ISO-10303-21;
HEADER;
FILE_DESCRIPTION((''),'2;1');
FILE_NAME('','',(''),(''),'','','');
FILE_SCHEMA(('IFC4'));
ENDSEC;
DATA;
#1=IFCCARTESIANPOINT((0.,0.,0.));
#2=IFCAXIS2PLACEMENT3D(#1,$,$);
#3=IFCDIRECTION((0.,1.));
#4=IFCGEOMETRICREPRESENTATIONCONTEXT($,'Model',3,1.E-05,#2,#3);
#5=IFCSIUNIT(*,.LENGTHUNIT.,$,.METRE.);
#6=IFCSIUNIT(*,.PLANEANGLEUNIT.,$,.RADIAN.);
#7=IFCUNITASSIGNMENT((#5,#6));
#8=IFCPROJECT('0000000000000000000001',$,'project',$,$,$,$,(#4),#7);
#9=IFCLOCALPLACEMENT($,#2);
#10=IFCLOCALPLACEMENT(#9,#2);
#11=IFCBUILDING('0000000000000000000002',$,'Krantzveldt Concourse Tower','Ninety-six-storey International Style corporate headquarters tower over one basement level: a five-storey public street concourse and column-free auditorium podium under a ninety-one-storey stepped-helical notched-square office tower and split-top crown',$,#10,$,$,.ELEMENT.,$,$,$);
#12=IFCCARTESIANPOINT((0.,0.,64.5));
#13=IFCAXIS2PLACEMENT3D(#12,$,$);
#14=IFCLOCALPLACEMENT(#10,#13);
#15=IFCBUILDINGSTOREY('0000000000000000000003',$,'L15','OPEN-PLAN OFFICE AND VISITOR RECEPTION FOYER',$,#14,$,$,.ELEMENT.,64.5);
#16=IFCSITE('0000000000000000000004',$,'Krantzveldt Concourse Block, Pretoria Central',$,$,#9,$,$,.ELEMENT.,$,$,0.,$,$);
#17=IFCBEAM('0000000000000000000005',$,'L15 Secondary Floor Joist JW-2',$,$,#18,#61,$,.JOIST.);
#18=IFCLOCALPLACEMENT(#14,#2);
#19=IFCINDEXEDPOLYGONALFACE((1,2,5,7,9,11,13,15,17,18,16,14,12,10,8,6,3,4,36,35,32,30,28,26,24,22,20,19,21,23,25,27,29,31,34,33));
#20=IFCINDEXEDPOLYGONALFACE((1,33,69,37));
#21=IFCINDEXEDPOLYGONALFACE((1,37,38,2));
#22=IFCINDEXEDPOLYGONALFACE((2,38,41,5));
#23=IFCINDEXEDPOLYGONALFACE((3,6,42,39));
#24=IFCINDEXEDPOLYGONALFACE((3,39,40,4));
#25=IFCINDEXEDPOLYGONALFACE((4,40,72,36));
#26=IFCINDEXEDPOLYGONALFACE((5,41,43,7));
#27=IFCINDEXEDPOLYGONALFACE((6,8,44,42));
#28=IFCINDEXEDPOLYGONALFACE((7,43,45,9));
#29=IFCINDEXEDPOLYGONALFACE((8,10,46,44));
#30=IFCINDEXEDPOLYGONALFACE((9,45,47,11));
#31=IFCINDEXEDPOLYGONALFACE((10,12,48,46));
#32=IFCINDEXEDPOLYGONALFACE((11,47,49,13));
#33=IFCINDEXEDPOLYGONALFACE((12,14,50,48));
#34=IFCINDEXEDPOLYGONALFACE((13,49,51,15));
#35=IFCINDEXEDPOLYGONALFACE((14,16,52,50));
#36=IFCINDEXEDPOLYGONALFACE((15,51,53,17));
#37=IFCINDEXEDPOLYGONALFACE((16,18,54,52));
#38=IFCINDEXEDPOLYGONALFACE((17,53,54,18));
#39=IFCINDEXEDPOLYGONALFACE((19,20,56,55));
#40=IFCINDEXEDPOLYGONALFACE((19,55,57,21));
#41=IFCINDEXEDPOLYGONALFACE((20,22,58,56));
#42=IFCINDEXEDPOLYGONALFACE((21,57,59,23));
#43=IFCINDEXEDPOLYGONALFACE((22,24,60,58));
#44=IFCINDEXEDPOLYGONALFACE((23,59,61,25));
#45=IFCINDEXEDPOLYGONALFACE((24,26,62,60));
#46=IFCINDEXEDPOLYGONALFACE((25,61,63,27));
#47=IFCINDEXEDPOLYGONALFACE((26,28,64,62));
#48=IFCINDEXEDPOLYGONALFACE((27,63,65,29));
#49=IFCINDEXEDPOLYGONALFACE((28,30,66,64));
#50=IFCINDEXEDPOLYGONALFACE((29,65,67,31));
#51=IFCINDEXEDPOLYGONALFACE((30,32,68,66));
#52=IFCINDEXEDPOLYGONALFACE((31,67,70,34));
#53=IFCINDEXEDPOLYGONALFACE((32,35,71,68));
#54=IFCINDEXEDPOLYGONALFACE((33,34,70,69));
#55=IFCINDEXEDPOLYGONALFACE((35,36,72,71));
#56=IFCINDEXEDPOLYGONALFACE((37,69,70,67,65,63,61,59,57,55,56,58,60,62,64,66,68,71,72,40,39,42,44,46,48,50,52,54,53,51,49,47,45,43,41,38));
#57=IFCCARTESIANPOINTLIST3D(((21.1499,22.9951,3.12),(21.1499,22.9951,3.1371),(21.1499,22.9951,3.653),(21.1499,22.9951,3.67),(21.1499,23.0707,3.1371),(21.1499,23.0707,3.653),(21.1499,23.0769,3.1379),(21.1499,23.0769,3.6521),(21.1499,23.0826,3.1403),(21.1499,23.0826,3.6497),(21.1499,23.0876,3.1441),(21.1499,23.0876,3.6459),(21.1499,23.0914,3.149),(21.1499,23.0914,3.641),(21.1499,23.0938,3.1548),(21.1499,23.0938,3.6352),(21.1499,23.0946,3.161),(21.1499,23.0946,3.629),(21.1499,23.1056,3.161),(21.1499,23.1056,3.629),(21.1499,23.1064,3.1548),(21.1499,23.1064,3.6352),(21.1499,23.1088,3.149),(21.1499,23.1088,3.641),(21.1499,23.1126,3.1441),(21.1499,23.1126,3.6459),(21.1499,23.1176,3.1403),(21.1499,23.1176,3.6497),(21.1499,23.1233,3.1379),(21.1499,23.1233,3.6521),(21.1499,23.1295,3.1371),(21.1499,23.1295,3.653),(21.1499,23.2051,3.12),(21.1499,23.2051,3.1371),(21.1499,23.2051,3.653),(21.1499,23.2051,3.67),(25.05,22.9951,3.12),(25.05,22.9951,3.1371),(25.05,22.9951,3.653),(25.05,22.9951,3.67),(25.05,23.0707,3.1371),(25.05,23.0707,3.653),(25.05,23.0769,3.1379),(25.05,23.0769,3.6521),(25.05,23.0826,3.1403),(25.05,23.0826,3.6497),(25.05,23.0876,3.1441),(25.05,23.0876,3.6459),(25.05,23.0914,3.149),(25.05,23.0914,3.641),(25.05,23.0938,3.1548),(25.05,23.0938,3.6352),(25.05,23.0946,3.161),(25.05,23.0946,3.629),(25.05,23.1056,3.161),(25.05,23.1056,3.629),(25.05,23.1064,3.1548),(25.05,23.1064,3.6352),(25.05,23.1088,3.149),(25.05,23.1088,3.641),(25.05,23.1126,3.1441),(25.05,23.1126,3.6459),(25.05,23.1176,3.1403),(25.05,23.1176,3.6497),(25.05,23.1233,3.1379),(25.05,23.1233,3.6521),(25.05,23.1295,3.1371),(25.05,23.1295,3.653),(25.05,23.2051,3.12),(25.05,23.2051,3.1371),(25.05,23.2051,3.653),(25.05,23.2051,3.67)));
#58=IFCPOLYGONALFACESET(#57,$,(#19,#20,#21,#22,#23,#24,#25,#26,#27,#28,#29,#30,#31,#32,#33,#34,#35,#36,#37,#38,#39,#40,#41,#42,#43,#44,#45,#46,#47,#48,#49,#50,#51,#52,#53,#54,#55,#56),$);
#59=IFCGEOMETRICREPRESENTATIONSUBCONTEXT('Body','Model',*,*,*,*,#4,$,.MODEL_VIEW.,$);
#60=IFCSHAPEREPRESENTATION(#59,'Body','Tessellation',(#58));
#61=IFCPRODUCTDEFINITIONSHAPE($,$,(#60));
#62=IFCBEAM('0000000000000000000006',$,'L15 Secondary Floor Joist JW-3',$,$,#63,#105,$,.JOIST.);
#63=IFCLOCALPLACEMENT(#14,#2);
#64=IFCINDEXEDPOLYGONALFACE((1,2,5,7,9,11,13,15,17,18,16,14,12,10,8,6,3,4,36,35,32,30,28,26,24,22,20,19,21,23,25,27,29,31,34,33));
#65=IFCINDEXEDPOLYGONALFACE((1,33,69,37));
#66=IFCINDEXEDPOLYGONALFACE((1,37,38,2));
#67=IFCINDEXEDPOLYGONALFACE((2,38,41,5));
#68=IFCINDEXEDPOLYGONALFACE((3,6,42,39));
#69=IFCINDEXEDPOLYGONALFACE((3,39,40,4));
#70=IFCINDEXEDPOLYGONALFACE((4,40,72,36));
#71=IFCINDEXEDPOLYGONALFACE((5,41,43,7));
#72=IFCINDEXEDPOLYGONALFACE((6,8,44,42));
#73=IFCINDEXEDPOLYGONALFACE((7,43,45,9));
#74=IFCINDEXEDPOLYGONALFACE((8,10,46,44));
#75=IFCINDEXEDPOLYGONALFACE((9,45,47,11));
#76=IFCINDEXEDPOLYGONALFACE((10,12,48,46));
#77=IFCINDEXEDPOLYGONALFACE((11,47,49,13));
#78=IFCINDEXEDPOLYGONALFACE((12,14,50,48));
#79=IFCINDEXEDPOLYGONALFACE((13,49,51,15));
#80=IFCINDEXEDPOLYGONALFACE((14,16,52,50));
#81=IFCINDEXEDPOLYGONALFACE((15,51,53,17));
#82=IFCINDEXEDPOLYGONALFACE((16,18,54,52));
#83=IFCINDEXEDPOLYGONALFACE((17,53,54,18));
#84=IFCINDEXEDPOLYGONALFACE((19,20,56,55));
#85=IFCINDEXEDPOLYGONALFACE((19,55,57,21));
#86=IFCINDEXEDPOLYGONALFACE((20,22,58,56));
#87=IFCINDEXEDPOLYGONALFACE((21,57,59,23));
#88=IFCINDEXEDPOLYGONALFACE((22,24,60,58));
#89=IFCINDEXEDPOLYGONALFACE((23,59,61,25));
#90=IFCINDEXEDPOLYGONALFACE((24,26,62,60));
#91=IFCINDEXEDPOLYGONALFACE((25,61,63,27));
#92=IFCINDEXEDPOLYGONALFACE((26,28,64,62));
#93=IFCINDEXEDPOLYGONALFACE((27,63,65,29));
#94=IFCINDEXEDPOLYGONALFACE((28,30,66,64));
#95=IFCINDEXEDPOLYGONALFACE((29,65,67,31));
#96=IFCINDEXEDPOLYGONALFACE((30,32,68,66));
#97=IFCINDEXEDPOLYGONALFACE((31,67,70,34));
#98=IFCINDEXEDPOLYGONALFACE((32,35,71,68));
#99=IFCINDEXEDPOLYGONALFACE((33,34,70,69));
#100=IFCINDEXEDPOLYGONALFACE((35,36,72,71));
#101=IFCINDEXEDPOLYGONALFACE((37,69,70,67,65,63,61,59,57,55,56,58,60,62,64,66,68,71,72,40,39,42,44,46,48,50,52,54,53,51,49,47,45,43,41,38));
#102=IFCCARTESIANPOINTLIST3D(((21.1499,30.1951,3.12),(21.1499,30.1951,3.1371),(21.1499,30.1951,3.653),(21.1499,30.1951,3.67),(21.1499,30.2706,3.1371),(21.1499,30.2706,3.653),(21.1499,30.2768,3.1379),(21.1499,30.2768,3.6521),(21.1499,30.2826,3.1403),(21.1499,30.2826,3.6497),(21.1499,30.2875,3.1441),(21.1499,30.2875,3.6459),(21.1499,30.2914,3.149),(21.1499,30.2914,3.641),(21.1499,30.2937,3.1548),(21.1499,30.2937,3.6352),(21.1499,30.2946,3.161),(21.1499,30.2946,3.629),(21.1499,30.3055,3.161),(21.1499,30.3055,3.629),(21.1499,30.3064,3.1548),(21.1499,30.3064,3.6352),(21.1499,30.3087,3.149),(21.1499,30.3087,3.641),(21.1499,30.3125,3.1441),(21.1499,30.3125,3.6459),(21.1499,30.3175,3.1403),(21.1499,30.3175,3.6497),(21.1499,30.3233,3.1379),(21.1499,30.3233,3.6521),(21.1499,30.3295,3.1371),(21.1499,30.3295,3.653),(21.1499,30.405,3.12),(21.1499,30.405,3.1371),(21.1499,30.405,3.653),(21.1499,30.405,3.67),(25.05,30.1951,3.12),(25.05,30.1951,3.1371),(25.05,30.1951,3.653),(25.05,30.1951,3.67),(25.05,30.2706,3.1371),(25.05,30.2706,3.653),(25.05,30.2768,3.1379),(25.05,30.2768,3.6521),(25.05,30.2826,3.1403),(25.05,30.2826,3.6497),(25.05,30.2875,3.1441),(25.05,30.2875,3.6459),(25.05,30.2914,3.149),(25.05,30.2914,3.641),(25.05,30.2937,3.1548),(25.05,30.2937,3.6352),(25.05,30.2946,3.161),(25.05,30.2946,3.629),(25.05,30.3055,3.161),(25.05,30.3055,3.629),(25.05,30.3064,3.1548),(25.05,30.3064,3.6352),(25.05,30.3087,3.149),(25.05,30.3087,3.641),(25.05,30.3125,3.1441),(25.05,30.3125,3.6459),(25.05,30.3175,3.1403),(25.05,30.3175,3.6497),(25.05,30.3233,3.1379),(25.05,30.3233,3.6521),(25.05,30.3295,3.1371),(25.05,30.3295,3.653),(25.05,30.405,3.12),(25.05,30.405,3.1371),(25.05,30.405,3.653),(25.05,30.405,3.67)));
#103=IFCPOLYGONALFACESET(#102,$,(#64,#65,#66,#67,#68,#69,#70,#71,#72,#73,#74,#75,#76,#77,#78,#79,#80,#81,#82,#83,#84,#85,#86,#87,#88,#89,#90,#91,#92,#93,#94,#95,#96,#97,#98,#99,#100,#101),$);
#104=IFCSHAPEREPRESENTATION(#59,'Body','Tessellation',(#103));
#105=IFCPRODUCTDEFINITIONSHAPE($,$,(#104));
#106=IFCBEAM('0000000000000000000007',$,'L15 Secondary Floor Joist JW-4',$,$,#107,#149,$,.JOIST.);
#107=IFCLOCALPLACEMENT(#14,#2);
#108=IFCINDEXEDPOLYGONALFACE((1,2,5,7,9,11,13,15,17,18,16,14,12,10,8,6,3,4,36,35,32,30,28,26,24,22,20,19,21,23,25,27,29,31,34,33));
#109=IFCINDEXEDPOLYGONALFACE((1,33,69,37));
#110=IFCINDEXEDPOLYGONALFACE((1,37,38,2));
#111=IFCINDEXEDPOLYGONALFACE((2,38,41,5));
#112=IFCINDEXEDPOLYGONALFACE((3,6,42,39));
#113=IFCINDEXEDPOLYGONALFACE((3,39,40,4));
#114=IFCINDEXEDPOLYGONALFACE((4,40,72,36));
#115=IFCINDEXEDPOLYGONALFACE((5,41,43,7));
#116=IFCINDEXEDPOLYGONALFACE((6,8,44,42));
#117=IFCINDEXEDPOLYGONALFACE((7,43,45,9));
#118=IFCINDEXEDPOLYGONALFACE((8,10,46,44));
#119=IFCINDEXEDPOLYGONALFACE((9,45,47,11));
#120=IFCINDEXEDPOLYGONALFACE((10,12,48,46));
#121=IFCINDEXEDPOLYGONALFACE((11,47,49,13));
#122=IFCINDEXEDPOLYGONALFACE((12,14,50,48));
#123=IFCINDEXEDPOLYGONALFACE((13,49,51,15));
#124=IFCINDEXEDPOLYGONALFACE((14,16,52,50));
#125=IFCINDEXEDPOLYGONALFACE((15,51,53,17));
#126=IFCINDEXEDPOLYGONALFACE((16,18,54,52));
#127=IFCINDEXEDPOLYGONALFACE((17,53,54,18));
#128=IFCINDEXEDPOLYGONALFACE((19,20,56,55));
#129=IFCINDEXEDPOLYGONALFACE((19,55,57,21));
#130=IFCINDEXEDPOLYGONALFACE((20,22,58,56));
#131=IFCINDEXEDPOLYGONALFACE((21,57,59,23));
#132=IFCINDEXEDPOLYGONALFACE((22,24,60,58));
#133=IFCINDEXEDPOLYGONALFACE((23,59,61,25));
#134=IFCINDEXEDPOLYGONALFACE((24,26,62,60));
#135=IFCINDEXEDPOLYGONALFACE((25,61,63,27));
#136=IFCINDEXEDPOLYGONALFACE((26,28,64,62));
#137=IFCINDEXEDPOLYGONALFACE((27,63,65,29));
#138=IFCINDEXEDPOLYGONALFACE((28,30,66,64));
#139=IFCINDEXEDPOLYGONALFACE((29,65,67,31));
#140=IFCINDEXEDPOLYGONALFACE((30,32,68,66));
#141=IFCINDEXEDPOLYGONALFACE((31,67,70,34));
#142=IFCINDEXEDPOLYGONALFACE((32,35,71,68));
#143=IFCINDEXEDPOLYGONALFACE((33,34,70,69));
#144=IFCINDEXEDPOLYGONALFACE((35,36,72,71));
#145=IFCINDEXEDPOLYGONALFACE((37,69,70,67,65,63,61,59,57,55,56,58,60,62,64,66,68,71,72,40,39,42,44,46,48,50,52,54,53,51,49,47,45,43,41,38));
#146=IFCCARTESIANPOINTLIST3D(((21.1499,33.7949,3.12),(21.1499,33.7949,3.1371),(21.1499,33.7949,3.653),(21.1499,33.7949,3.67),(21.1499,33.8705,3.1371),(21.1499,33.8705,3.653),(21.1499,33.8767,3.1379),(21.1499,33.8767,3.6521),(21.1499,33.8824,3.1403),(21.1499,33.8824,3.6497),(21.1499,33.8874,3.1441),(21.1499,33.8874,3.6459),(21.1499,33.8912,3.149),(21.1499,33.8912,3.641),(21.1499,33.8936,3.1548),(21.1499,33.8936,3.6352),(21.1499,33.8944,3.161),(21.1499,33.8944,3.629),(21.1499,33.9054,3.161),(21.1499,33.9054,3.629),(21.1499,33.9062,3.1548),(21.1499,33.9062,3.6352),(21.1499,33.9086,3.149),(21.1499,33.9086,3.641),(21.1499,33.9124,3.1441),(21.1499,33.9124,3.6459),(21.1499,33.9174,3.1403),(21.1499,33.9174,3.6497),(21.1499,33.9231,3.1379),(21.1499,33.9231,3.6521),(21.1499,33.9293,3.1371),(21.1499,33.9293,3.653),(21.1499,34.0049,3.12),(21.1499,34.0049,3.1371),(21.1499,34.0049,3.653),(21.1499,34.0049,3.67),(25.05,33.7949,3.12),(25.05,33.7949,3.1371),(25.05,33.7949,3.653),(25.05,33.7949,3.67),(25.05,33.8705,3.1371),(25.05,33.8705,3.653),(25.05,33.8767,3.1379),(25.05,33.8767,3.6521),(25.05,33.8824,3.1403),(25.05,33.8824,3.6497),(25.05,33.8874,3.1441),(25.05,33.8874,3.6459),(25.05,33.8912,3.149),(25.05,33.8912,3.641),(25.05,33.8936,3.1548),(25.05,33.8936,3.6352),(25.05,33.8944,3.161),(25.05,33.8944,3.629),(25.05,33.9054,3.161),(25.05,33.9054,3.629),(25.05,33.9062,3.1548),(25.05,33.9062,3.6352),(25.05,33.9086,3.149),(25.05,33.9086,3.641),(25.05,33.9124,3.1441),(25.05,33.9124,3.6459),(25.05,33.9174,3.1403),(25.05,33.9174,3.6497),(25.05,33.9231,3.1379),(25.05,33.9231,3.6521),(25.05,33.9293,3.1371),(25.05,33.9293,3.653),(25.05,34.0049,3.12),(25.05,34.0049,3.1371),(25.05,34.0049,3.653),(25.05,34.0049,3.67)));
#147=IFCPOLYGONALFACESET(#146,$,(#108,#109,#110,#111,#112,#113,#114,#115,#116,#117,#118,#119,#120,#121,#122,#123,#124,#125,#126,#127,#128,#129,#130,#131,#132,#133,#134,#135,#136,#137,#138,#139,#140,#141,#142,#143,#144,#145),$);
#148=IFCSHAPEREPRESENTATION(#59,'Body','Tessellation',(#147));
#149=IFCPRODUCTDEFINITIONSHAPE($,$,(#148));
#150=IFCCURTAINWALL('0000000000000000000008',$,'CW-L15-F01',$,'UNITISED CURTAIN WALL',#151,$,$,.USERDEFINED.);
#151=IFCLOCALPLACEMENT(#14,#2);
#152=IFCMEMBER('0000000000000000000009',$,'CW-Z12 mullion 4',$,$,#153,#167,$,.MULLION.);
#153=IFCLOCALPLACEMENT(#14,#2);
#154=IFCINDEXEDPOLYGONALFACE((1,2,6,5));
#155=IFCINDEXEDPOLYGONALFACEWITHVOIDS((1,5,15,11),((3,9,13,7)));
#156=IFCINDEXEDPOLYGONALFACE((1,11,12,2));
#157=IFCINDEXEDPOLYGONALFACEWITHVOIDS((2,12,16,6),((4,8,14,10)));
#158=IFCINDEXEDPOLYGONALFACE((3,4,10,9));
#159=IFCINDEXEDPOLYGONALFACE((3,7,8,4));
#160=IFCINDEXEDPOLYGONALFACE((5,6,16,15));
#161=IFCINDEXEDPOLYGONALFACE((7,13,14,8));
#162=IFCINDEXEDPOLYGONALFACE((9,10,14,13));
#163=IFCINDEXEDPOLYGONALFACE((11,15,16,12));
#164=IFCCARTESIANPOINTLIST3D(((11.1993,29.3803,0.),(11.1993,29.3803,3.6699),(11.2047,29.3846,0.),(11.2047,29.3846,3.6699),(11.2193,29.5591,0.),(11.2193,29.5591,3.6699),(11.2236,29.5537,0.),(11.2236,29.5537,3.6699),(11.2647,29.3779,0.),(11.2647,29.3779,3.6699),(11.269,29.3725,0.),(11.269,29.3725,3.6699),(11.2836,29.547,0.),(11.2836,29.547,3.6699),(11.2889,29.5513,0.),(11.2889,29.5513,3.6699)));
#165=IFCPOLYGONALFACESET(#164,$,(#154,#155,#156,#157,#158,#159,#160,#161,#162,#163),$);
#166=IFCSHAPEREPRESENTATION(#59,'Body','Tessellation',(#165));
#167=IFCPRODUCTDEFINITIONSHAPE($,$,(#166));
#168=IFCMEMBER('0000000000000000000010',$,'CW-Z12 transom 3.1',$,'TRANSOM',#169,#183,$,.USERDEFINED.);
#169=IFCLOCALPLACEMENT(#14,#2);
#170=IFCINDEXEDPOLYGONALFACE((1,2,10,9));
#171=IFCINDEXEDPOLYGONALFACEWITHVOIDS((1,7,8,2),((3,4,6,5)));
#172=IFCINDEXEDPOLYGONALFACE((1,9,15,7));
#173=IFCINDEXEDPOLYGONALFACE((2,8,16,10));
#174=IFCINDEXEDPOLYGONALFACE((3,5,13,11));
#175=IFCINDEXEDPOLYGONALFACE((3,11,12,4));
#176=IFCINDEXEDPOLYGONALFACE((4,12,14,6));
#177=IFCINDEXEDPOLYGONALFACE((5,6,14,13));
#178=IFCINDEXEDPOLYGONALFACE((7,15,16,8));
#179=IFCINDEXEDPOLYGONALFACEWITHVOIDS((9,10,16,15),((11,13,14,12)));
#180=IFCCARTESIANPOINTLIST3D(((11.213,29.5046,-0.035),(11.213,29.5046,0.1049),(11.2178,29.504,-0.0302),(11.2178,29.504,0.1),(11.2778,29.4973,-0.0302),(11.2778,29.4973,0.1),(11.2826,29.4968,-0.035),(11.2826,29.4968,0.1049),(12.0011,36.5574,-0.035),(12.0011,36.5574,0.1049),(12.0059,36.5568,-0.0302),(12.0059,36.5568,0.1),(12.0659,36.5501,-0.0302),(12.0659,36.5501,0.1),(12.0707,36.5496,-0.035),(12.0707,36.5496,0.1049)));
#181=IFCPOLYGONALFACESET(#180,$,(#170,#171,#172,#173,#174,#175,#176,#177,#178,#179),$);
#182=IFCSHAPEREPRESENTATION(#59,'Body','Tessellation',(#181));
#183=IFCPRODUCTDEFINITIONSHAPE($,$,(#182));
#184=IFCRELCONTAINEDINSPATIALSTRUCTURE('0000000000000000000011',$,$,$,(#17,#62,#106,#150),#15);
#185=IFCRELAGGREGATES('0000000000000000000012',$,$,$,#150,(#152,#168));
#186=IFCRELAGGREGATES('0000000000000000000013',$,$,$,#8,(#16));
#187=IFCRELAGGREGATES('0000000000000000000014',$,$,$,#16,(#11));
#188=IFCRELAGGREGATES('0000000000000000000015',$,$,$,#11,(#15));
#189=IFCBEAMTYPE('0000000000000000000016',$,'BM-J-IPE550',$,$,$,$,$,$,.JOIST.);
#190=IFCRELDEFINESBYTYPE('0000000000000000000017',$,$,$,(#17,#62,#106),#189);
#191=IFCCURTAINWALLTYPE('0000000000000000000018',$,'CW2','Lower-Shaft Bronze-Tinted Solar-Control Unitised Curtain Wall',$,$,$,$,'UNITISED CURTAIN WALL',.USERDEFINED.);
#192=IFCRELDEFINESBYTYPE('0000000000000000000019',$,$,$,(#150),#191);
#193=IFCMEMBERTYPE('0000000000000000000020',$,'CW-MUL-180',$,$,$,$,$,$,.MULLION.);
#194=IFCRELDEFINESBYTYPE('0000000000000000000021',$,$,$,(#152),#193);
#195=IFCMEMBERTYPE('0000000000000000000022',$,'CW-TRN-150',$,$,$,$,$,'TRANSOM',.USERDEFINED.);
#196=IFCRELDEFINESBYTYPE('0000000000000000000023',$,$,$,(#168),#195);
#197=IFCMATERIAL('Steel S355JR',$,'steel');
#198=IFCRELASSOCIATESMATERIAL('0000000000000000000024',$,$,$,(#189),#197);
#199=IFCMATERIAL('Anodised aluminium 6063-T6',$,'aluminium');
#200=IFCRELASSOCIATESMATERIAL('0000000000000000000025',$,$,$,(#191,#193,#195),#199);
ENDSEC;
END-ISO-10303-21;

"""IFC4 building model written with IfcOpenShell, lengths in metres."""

from ifc_helpers import new_model, si_unit, direction, frame, origin, origin_2d, place, context, subcontext, project, spatial, hollow_rectangle, i_section, extrude, source, transform, mapped, material, material_profile, profile_set, type_object, type_shapes, element, aggregate, save


model = new_model("IFC4")

# Units and contexts
model_context = context("Model", 3, precision=1e-05, world=origin(), true_north=direction((0.0, 1.0)))
body_context = subcontext(model_context, "Body", "Model", "MODEL_VIEW")
ifc_project = project(units=[si_unit("LENGTHUNIT", "METRE"), si_unit("PLANEANGLEUNIT", "RADIAN")], contexts=[model_context])

# Site, building, storey
site_placement = place(None, origin())
site = spatial("IfcSite", under=ifc_project, at=site_placement, Name="Krantzveldt Concourse Block, Pretoria Central", CompositionType="ELEMENT", RefElevation=0.0)
building_placement = place(site_placement, origin())
building = spatial("IfcBuilding", under=site, at=building_placement, Name="Krantzveldt Concourse Tower", Description="Ninety-six-storey International Style corporate headquarters tower over one basement level: a five-storey public street concourse and column-free auditorium podium under a ninety-one-storey stepped-helical notched-square office tower and split-top crown", CompositionType="ELEMENT")
storey_placement = place(building_placement, frame((0.0, 0.0, 64.5)))
storey = spatial("IfcBuildingStorey", under=building, at=storey_placement, Name="L15", Description="OPEN-PLAN OFFICE AND VISITOR RECEPTION FOYER", CompositionType="ELEMENT", Elevation=64.5)

# Beams
ifc_material_1 = material(Name="Steel S355JR", Category="steel")
ifc_material_profile_1 = material_profile(ifc_material_1, i_section(OverallWidth=0.21, OverallDepth=0.55, WebThickness=0.011, FlangeThickness=0.0171, FilletRadius=0.0239, at=origin_2d()), Name="Steel S355JR", Category="steel")
ifc_profile_set_1 = profile_set([ifc_material_profile_1], Name="Steel S355JR - IPE 550")
beam_type_1 = type_object("IfcBeamType", Name="BM-J-IPE550", PredefinedType="JOIST", material=ifc_profile_set_1)
shared_shape_1 = source(origin(), body_context, "Body", "SweptSolid", [
    extrude(i_section(OverallWidth=0.21, OverallDepth=0.55, WebThickness=0.011, FlangeThickness=0.0171, FilletRadius=0.0239, at=origin_2d()), origin(), (0.0, 0.0, 1.0), 3.9001),
])
type_shapes(beam_type_1, [shared_shape_1])
for number, where, z_axis, x_axis, name in (
    (1, (21.1499, 23.1001, 3.395), (1.0, 0.0, 0.0), (0.0, 1.0, 0.0), "L15 Secondary Floor Joist JW-2"),
    (2, (21.1499, 30.3, 3.395), (1.0, 0.0, 0.0), (0.0, 1.0, 0.0), "L15 Secondary Floor Joist JW-3"),
    (3, (21.1499, 33.8999, 3.395), (1.0, 0.0, 0.0), (0.0, 1.0, 0.0), "L15 Secondary Floor Joist JW-4"),
):
    element("IfcBeam", number, at=place(storey_placement, frame(where, z_axis=z_axis, x_axis=x_axis)), inside=storey, type_object=beam_type_1, Name=name, PredefinedType="JOIST", context=body_context, shape_type="MappedRepresentation", body=[
        mapped(shared_shape_1, transform((0.0, 0.0, 0.0), x_axis=(1.0, 0.0, 0.0), y_axis=(0.0, 1.0, 0.0), z_axis=(0.0, 0.0, 1.0), scale=1.0)),
    ])

# Curtain wall, members
ifc_material_2 = material(Name="Anodised aluminium 6063-T6", Category="aluminium")
curtain_wall_type = type_object("IfcCurtainWallType", Name="CW2", Description="Lower-Shaft Bronze-Tinted Solar-Control Unitised Curtain Wall", ElementType="UNITISED CURTAIN WALL", PredefinedType="USERDEFINED", material=ifc_material_2)
curtain_wall_placement = place(storey_placement, origin())
curtain_wall = element("IfcCurtainWall", 4, at=curtain_wall_placement, inside=storey, type_object=curtain_wall_type, Name="CW-L15-F01", ObjectType="UNITISED CURTAIN WALL", PredefinedType="USERDEFINED")
ifc_material_profile_2 = material_profile(ifc_material_2, hollow_rectangle(XDim=0.0701, YDim=0.1799, WallThickness=0.0049, at=origin_2d()), Name="Anodised aluminium 6063-T6", Category="aluminium")
ifc_profile_set_2 = profile_set([ifc_material_profile_2], Name="Anodised aluminium 6063-T6 - ALU-MULL 180x70x5")
member_type_1 = type_object("IfcMemberType", Name="CW-MUL-180", PredefinedType="MULLION", material=ifc_profile_set_2)
shared_shape_2 = source(origin(), body_context, "Body", "SweptSolid", [
    extrude(hollow_rectangle(XDim=0.0701, YDim=0.1799, WallThickness=0.0049, at=origin_2d()), origin(), (0.0, 0.0, 1.0), 3.6699),
])
type_shapes(member_type_1, [shared_shape_2])
member_1_placement = place(storey_placement, frame((11.2441, 29.4658, 0.0), z_axis=(0.0, 0.0, 1.0), x_axis=(0.993816, -0.111035, 0.0)))
member_1 = element("IfcMember", 5, at=member_1_placement, type_object=member_type_1, Name="CW-Z12 mullion 4", PredefinedType="MULLION", context=body_context, shape_type="MappedRepresentation", body=[
    mapped(shared_shape_2, transform((0.0, 0.0, 0.0), x_axis=(1.0, 0.0, 0.0), y_axis=(0.0, 1.0, 0.0), z_axis=(0.0, 0.0, 1.0), scale=1.0)),
])
ifc_material_profile_3 = material_profile(ifc_material_2, hollow_rectangle(XDim=0.0701, YDim=0.1399, WallThickness=0.0049, at=origin_2d()), Name="Anodised aluminium 6063-T6", Category="aluminium")
ifc_profile_set_3 = profile_set([ifc_material_profile_3], Name="Anodised aluminium 6063-T6 - ALU-TRAN 140x70x5")
member_type_2 = type_object("IfcMemberType", Name="CW-TRN-150", ElementType="TRANSOM", PredefinedType="USERDEFINED", material=ifc_profile_set_3)
shared_shape_3 = source(origin(), body_context, "Body", "SweptSolid", [
    extrude(hollow_rectangle(XDim=0.0701, YDim=0.1399, WallThickness=0.0049, at=origin_2d()), origin(), (0.0, 0.0, 1.0), 7.0967),
])
type_shapes(member_type_2, [shared_shape_3])
member_2_placement = place(storey_placement, frame((12.0359, 36.5535, 0.0349), z_axis=(-0.111051, -0.993815, 0.0), x_axis=(0.993815, -0.111051, 0.0)))
member_2 = element("IfcMember", 6, at=member_2_placement, type_object=member_type_2, Name="CW-Z12 transom 3.1", ObjectType="TRANSOM", PredefinedType="USERDEFINED", context=body_context, shape_type="MappedRepresentation", body=[
    mapped(shared_shape_3, transform((0.0, 0.0, 0.0), x_axis=(1.0, 0.0, 0.0), y_axis=(0.0, 1.0, 0.0), z_axis=(0.0, 0.0, 1.0), scale=1.0)),
])
aggregate(curtain_wall, [member_1, member_2])

save(model, "model.ifc")
